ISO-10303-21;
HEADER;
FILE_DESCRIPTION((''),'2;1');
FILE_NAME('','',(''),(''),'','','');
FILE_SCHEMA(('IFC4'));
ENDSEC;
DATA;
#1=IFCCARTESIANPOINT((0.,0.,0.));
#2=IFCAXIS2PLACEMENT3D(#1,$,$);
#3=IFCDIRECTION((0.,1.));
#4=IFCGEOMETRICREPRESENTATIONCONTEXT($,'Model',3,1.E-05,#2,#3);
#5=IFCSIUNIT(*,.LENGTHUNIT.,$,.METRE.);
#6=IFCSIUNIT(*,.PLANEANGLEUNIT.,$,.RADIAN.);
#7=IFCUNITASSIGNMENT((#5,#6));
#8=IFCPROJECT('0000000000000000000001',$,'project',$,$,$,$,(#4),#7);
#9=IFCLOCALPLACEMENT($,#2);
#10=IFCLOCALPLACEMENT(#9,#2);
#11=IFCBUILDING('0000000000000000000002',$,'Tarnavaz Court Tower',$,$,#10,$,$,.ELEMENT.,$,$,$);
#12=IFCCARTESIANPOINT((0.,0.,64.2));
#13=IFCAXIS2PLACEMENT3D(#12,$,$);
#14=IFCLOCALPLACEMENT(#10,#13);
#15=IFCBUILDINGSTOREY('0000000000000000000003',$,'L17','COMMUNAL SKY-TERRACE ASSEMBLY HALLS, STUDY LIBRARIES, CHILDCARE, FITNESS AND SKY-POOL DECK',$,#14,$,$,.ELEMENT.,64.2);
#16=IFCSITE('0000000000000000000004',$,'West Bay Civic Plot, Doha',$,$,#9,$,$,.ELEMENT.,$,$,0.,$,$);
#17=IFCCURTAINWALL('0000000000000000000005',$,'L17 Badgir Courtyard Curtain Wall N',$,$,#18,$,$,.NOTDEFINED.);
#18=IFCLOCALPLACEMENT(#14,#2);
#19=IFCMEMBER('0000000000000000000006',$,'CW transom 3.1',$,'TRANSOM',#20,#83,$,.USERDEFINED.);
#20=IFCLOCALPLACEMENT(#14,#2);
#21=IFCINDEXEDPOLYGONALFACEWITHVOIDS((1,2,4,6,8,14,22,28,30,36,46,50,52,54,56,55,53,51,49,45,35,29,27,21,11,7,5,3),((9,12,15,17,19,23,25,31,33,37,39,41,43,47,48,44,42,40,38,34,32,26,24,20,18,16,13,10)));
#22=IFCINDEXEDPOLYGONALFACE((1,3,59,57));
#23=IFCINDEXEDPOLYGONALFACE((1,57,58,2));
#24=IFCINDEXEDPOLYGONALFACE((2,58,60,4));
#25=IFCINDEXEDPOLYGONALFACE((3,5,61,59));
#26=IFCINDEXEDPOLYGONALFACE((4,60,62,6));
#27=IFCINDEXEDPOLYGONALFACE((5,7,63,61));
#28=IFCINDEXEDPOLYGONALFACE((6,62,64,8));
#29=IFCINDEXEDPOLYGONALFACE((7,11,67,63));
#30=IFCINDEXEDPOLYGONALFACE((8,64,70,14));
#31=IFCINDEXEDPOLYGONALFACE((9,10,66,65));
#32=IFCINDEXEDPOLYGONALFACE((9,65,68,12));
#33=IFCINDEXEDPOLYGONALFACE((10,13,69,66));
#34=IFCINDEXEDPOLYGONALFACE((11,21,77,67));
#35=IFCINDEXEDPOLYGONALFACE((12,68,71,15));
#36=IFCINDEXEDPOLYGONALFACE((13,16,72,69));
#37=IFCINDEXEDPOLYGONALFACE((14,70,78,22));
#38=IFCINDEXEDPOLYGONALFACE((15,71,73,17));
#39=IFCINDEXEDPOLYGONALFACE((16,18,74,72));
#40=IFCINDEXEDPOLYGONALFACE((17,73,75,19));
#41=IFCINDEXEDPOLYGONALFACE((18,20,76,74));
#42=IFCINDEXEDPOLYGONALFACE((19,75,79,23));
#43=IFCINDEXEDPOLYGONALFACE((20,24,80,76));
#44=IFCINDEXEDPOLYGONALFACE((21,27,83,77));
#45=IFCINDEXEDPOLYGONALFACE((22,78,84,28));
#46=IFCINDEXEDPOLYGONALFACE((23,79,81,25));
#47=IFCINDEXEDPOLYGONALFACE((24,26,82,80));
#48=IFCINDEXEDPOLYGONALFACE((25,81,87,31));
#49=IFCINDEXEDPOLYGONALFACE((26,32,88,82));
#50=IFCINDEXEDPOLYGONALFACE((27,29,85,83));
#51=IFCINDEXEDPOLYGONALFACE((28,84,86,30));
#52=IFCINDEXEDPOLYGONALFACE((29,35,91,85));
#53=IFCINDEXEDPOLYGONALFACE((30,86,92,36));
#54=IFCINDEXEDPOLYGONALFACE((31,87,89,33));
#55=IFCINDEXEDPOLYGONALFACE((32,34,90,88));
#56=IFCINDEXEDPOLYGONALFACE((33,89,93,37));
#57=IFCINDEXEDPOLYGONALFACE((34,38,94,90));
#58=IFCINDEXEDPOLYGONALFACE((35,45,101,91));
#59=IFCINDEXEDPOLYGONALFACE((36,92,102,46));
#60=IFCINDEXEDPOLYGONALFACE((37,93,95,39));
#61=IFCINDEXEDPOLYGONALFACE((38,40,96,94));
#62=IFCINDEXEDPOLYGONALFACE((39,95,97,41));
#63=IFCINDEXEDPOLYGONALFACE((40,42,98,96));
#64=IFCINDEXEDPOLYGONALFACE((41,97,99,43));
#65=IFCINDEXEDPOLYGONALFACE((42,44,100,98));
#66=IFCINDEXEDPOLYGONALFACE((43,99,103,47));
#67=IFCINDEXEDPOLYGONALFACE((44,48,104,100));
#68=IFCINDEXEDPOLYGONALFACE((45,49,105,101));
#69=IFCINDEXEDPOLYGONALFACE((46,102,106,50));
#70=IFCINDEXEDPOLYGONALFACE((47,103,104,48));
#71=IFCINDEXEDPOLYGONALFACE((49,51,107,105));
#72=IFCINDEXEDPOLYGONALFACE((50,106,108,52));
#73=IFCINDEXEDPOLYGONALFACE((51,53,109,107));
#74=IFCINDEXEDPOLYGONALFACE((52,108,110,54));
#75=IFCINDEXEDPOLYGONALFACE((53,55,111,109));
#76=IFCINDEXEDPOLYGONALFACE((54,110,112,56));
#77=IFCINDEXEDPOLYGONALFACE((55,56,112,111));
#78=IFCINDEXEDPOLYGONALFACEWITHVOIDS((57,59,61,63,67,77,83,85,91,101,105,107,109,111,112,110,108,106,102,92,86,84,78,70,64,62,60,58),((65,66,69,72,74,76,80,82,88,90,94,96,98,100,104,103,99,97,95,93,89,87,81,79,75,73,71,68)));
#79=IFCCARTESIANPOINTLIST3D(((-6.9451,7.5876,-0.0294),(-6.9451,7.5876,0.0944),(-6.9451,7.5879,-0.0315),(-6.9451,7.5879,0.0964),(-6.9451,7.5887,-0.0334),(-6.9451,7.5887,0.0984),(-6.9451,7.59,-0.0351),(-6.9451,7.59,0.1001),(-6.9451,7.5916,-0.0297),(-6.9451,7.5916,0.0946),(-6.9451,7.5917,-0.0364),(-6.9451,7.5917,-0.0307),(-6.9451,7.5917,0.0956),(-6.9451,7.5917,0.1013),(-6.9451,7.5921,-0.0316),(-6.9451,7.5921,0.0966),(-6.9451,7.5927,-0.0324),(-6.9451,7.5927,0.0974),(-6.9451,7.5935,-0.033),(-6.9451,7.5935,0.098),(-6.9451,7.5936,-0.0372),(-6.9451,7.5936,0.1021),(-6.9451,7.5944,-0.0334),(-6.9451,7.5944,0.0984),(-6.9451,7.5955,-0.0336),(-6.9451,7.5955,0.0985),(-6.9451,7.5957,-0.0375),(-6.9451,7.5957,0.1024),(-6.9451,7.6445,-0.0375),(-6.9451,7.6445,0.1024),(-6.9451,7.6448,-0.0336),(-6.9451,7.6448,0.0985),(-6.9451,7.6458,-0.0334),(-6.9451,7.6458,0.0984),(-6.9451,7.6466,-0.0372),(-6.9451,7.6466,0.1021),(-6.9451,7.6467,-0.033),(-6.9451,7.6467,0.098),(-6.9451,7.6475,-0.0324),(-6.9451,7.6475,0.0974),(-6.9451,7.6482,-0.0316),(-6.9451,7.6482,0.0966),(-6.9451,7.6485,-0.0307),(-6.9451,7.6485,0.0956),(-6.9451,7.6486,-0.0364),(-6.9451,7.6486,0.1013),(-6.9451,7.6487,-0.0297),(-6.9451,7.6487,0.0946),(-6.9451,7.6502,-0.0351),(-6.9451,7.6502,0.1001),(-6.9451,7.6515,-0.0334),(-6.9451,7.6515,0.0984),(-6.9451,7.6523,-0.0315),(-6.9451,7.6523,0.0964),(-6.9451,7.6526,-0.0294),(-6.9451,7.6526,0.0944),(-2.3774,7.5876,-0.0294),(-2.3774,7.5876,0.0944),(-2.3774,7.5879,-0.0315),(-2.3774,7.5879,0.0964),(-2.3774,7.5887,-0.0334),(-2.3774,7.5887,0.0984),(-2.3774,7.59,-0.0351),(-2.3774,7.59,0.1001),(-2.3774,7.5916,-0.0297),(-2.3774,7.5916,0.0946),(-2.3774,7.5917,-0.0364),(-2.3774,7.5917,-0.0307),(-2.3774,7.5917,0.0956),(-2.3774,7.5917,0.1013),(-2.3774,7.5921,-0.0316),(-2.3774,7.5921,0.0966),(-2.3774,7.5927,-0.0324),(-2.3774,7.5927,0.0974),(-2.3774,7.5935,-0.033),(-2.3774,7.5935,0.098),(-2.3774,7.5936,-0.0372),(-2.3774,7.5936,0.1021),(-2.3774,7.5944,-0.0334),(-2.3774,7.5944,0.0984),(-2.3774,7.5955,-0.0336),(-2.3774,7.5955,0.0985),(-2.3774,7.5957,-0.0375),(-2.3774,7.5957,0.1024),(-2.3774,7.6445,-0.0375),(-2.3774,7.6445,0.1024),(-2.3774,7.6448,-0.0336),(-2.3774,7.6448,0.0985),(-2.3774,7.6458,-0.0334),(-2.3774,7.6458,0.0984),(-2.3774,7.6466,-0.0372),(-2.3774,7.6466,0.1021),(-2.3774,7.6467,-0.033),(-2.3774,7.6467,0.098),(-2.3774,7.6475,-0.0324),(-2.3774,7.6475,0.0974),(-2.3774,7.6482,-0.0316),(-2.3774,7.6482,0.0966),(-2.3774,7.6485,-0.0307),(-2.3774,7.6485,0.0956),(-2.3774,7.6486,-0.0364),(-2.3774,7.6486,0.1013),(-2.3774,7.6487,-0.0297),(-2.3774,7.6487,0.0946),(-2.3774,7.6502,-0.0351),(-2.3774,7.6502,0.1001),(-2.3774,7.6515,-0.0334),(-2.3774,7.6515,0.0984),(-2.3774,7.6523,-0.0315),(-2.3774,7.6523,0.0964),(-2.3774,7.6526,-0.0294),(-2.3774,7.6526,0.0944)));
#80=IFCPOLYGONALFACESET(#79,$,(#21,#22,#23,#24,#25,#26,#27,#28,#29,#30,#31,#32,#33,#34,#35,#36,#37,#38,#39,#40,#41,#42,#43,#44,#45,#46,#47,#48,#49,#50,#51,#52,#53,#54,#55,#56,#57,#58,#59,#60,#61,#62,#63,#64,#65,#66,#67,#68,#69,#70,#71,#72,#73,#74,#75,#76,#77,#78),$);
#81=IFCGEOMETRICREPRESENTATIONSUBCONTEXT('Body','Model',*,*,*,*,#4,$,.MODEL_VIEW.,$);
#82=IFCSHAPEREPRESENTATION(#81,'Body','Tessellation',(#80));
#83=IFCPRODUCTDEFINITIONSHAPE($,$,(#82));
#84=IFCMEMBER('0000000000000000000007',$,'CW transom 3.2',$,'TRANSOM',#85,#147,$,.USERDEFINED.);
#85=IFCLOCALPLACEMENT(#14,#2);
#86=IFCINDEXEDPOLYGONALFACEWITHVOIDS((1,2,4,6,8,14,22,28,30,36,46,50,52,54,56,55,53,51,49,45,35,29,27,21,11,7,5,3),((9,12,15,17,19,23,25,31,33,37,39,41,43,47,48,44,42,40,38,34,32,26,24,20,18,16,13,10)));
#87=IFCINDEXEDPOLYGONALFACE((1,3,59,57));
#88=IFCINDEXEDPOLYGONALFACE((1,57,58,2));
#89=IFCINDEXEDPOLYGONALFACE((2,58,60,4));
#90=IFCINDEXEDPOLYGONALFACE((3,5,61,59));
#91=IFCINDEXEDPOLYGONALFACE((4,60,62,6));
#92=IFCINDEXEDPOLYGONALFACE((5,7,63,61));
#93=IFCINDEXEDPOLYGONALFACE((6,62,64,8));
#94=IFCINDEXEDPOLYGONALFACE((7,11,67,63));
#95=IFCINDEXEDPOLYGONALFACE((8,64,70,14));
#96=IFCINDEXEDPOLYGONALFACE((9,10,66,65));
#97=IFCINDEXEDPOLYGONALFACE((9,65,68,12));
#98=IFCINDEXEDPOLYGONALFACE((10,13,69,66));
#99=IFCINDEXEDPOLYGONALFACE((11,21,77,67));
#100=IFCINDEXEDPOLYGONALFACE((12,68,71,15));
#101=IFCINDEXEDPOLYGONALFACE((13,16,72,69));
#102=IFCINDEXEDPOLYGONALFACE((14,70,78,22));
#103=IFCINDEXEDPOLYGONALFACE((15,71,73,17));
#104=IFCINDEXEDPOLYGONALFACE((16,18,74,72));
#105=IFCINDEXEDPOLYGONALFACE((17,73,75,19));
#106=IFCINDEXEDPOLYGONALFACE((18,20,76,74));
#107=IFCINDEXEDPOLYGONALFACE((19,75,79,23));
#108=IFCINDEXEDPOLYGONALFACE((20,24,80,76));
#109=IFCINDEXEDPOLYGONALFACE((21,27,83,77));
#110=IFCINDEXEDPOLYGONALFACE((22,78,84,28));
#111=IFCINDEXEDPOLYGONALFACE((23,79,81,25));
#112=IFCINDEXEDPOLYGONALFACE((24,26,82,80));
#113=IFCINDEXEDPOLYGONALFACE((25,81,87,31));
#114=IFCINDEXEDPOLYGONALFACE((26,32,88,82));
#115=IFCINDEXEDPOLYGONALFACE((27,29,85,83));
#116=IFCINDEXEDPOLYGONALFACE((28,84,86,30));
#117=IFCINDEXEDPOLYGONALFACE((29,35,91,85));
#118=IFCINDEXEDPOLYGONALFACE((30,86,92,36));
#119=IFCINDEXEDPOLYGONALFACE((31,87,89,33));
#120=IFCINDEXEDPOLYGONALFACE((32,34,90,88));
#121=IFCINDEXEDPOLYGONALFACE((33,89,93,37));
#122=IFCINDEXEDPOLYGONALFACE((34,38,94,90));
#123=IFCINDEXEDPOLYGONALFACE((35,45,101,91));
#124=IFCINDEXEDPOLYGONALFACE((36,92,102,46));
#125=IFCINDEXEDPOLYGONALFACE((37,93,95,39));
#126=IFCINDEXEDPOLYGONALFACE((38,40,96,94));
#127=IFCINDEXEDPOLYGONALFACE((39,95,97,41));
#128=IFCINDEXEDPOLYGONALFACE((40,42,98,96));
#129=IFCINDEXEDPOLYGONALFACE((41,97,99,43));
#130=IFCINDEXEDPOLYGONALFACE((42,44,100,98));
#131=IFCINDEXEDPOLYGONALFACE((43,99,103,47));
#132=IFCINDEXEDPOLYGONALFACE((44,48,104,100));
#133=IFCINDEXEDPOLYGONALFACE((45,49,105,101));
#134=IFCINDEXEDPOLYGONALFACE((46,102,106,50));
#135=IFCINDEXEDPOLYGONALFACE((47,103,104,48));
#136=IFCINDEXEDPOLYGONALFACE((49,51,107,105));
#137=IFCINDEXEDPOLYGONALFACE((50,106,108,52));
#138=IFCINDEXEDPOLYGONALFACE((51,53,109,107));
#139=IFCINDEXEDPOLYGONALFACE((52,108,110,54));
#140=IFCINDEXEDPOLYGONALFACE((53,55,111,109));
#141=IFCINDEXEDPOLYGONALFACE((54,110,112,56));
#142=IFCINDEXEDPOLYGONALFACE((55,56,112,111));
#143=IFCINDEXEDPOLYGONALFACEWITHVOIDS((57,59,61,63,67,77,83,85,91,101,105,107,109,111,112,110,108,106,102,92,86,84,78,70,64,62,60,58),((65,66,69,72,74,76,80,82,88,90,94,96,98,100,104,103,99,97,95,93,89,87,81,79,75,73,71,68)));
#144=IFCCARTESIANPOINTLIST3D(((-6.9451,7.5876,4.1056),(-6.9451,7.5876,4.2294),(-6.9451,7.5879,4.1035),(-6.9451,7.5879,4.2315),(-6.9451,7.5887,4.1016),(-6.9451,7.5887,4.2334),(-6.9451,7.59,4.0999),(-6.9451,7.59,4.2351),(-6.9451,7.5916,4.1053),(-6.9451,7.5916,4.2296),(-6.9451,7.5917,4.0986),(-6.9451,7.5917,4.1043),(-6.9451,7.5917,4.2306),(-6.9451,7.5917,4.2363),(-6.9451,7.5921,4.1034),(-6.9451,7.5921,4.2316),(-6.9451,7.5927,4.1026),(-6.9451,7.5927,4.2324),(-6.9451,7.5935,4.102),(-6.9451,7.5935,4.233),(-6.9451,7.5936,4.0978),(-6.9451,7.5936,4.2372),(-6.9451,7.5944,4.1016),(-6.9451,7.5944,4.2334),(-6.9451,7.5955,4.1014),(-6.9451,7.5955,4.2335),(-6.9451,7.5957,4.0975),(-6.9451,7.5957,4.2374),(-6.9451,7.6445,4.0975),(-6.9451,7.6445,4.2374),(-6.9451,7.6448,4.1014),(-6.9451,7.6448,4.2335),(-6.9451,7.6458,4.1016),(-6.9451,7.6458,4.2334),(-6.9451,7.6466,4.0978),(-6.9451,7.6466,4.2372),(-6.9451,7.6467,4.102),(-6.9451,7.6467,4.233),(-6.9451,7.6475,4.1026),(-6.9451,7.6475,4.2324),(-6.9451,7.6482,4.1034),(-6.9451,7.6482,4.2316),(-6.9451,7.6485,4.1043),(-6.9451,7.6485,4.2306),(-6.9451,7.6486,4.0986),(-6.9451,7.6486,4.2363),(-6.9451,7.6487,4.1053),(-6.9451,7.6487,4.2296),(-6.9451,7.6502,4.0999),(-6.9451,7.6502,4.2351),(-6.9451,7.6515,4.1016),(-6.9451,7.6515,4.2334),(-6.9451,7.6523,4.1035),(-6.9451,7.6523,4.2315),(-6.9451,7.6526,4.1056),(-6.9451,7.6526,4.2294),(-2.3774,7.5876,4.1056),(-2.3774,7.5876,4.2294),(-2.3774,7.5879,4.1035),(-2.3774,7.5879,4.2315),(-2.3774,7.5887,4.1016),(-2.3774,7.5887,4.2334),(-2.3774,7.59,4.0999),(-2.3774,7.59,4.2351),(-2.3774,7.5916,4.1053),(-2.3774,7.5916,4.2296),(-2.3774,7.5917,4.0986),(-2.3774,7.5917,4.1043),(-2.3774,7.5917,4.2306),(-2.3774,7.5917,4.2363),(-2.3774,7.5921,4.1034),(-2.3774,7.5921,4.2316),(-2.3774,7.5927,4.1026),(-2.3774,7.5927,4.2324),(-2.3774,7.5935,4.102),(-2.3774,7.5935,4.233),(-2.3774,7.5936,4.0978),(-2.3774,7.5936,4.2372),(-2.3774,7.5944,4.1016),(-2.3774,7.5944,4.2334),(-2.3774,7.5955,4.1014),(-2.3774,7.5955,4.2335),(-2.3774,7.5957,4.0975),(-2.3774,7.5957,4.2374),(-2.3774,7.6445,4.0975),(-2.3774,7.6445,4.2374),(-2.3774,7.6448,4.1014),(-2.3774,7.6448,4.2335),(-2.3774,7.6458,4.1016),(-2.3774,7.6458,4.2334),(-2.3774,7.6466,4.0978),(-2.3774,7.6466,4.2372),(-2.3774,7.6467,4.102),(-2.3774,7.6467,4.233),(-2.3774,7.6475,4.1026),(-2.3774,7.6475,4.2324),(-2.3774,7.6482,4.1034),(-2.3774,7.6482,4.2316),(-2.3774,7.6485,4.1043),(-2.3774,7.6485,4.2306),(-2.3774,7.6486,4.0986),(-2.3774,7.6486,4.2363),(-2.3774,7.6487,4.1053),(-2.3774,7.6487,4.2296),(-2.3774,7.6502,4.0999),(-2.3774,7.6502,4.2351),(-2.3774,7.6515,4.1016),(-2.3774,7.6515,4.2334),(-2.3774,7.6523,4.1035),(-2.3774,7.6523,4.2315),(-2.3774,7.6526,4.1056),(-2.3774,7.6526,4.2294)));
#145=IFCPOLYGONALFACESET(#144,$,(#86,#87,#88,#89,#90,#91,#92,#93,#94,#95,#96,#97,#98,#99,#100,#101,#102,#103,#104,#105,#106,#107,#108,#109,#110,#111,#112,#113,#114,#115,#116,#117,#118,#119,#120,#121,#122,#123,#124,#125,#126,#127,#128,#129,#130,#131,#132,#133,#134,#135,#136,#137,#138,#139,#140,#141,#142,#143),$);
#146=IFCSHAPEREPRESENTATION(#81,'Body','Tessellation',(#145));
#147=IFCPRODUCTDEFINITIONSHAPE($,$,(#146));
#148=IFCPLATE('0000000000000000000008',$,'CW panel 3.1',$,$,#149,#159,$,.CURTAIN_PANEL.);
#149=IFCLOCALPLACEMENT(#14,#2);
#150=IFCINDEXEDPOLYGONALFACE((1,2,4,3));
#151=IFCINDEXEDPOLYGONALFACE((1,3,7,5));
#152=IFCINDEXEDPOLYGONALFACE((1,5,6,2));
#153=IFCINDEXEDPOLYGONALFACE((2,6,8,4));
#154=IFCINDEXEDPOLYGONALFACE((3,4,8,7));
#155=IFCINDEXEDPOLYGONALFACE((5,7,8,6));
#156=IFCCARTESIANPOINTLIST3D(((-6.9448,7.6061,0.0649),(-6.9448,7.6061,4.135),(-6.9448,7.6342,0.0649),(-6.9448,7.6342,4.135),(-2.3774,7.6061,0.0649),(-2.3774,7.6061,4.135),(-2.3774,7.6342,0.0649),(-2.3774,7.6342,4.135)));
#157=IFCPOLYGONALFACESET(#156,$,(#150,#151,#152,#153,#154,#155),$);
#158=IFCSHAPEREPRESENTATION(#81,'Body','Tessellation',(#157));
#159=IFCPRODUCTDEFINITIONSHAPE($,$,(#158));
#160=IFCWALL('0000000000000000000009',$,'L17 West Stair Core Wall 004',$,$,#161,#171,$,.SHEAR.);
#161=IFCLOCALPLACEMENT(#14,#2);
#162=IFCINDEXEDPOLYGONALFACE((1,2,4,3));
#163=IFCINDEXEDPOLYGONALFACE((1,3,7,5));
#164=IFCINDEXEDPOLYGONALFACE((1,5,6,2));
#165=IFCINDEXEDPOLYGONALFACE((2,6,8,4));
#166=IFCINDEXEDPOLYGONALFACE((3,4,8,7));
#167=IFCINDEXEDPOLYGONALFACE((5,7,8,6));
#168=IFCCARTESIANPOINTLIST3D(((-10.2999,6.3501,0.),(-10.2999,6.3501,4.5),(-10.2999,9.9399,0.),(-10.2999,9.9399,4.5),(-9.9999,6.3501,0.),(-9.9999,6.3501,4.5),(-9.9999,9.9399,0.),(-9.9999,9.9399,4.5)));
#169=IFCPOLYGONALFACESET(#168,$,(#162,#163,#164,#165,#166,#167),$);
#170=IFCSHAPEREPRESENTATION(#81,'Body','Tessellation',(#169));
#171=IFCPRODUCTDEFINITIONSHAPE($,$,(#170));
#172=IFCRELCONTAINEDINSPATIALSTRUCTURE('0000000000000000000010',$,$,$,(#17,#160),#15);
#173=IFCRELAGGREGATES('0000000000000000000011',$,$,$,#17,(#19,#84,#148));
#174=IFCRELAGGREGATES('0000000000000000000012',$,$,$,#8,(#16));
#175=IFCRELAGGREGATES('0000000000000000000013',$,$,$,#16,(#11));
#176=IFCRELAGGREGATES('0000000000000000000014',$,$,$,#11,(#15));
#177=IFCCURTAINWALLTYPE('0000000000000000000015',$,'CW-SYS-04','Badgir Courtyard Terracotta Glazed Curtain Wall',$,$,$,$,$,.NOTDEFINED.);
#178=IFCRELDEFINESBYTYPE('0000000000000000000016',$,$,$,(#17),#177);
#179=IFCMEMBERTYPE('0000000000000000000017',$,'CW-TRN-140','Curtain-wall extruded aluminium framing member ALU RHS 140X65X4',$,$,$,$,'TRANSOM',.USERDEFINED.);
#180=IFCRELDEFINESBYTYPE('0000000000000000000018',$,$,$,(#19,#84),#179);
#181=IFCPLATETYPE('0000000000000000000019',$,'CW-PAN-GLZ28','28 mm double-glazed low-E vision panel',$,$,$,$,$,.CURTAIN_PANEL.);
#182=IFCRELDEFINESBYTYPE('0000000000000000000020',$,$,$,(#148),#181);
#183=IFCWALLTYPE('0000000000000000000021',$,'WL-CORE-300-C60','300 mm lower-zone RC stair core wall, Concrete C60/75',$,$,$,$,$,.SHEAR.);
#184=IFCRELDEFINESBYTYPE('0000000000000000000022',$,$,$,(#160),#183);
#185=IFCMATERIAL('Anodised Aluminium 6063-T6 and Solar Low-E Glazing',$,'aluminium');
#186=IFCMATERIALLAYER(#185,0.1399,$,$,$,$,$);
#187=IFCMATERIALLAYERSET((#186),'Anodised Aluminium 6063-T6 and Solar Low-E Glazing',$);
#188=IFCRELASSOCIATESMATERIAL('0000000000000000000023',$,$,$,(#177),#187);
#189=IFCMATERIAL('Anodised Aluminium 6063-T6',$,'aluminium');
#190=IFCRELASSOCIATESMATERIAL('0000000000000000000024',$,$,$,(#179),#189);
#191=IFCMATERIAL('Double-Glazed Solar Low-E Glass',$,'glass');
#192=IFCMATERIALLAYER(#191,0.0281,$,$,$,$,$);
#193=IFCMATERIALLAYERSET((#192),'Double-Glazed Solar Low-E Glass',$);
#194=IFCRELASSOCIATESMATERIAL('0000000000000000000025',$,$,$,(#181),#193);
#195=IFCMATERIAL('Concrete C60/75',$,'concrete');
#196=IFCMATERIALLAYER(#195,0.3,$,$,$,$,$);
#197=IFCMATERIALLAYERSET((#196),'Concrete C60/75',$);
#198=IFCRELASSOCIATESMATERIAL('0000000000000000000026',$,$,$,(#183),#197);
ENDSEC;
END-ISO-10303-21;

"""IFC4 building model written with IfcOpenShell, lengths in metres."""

from ifc_helpers import new_model, si_unit, direction, frame, frame_2d, origin, origin_2d, place, context, subcontext, project, spatial, rectangle, hollow_rectangle, extrude, material, layer, layer_set, material_profile, profile_set, type_object, element, aggregate, save


model = new_model("IFC4")

# Units and contexts
model_context = context("Model", 3, precision=1e-05, world=origin(), true_north=direction((0.0, 1.0)))
body_context = subcontext(model_context, "Body", "Model", "MODEL_VIEW")
ifc_project = project(units=[si_unit("LENGTHUNIT", "METRE"), si_unit("PLANEANGLEUNIT", "RADIAN")], contexts=[model_context])

# Site, building, storey
site_placement = place(None, origin())
site = spatial("IfcSite", under=ifc_project, at=site_placement, Name="West Bay Civic Plot, Doha", CompositionType="ELEMENT", RefElevation=0.0)
building_placement = place(site_placement, origin())
building = spatial("IfcBuilding", under=site, at=building_placement, Name="Tarnavaz Court Tower", CompositionType="ELEMENT")
storey_placement = place(building_placement, frame((0.0, 0.0, 64.2)))
storey = spatial("IfcBuildingStorey", under=building, at=storey_placement, Name="L17", Description="COMMUNAL SKY-TERRACE ASSEMBLY HALLS, STUDY LIBRARIES, CHILDCARE, FITNESS AND SKY-POOL DECK", CompositionType="ELEMENT", Elevation=64.2)

# Shared definitions
ifc_material_1 = material(Name="Concrete C60/75", Category="concrete")

# Curtain wall, members, plate
ifc_material_2 = material(Name="Anodised Aluminium 6063-T6 and Solar Low-E Glazing", Category="aluminium")
ifc_layer_1 = layer(ifc_material_2, 0.1399)
ifc_layer_set_1 = layer_set([ifc_layer_1], Name="Anodised Aluminium 6063-T6 and Solar Low-E Glazing")
curtain_wall_type = type_object("IfcCurtainWallType", Name="CW-SYS-04", Description="Badgir Courtyard Terracotta Glazed Curtain Wall", PredefinedType="NOTDEFINED", material=ifc_layer_set_1)
curtain_wall_placement = place(storey_placement, origin())
curtain_wall = element("IfcCurtainWall", 1, at=curtain_wall_placement, inside=storey, type_object=curtain_wall_type, Name="L17 Badgir Courtyard Curtain Wall N", PredefinedType="NOTDEFINED")
ifc_material_3 = material(Name="Anodised Aluminium 6063-T6", Category="aluminium")
ifc_material_profile_1 = material_profile(ifc_material_3, hollow_rectangle(XDim=0.0649, YDim=0.1399, WallThickness=0.0039, InnerFilletRadius=0.0039, OuterFilletRadius=0.0081, at=origin_2d()), Name="ALU RHS 140X65X4")
ifc_profile_set_1 = profile_set([ifc_material_profile_1], Name="Anodised Aluminium 6063-T6")
member_type_1 = type_object("IfcMemberType", Name="CW-TRN-140", Description="Curtain-wall extruded aluminium framing member ALU RHS 140X65X4", ElementType="TRANSOM", PredefinedType="USERDEFINED", material=ifc_profile_set_1)
member_1_placement = place(storey_placement, frame((-2.3774, 7.6201, 0.0325), z_axis=(-1.0, 0.0, 0.0), x_axis=(0.0, -1.0, 0.0)))
member_1 = element("IfcMember", 2, at=member_1_placement, type_object=member_type_1, Name="CW transom 3.1", ObjectType="TRANSOM", PredefinedType="USERDEFINED", context=body_context, shape_type="SweptSolid", body=[
    extrude(hollow_rectangle(XDim=0.0649, YDim=0.1399, WallThickness=0.0039, InnerFilletRadius=0.0039, OuterFilletRadius=0.0081, at=origin_2d()), origin(), (0.0, 0.0, 1.0), 4.5676),
])
member_2_placement = place(storey_placement, frame((-2.3774, 7.6201, 4.1675), z_axis=(-1.0, 0.0, 0.0), x_axis=(0.0, -1.0, 0.0)))
member_2 = element("IfcMember", 3, at=member_2_placement, type_object=member_type_1, Name="CW transom 3.2", ObjectType="TRANSOM", PredefinedType="USERDEFINED", context=body_context, shape_type="SweptSolid", body=[
    extrude(hollow_rectangle(XDim=0.0649, YDim=0.1399, WallThickness=0.0039, InnerFilletRadius=0.0039, OuterFilletRadius=0.0081, at=origin_2d()), origin(), (0.0, 0.0, 1.0), 4.5676),
])
ifc_material_4 = material(Name="Double-Glazed Solar Low-E Glass", Category="glass")
ifc_layer_2 = layer(ifc_material_4, 0.0281)
ifc_layer_set_2 = layer_set([ifc_layer_2], Name="Double-Glazed Solar Low-E Glass")
plate_type = type_object("IfcPlateType", Name="CW-PAN-GLZ28", Description="28 mm double-glazed low-E vision panel", PredefinedType="CURTAIN_PANEL", material=ifc_layer_set_2)
plate_placement = place(storey_placement, frame((-4.6611, 7.6201, 0.0649), z_axis=(0.0, 0.0, 1.0), x_axis=(-1.0, 0.0, 0.0)))
plate = element("IfcPlate", 4, at=plate_placement, type_object=plate_type, Name="CW panel 3.1", PredefinedType="CURTAIN_PANEL", context=body_context, shape_type="SweptSolid", body=[
    extrude(rectangle(XDim=4.5674, YDim=0.0281, at=origin_2d()), origin(), (0.0, 0.0, 1.0), 4.0701),
])
aggregate(curtain_wall, [member_1, member_2, plate])

# Wall
ifc_layer_3 = layer(ifc_material_1, 0.3)
ifc_layer_set_3 = layer_set([ifc_layer_3], Name="Concrete C60/75")
wall_type_1 = type_object("IfcWallType", Name="WL-CORE-300-C60", Description="300 mm lower-zone RC stair core wall, Concrete C60/75", PredefinedType="SHEAR", material=ifc_layer_set_3)
wall_1_placement = place(storey_placement, frame((-10.1499, 6.3501, 0.0), z_axis=(0.0, 0.0, 1.0), x_axis=(0.0, 1.0, 0.0)))
element("IfcWall", 5, at=wall_1_placement, inside=storey, type_object=wall_type_1, Name="L17 West Stair Core Wall 004", PredefinedType="SHEAR", context=body_context, shape_type="SweptSolid", body=[
    extrude(rectangle(XDim=3.5898, YDim=0.3, at=frame_2d((1.7949, 0.0))), origin(), (0.0, 0.0, 1.0), 4.5),
])

save(model, "model.ifc")
